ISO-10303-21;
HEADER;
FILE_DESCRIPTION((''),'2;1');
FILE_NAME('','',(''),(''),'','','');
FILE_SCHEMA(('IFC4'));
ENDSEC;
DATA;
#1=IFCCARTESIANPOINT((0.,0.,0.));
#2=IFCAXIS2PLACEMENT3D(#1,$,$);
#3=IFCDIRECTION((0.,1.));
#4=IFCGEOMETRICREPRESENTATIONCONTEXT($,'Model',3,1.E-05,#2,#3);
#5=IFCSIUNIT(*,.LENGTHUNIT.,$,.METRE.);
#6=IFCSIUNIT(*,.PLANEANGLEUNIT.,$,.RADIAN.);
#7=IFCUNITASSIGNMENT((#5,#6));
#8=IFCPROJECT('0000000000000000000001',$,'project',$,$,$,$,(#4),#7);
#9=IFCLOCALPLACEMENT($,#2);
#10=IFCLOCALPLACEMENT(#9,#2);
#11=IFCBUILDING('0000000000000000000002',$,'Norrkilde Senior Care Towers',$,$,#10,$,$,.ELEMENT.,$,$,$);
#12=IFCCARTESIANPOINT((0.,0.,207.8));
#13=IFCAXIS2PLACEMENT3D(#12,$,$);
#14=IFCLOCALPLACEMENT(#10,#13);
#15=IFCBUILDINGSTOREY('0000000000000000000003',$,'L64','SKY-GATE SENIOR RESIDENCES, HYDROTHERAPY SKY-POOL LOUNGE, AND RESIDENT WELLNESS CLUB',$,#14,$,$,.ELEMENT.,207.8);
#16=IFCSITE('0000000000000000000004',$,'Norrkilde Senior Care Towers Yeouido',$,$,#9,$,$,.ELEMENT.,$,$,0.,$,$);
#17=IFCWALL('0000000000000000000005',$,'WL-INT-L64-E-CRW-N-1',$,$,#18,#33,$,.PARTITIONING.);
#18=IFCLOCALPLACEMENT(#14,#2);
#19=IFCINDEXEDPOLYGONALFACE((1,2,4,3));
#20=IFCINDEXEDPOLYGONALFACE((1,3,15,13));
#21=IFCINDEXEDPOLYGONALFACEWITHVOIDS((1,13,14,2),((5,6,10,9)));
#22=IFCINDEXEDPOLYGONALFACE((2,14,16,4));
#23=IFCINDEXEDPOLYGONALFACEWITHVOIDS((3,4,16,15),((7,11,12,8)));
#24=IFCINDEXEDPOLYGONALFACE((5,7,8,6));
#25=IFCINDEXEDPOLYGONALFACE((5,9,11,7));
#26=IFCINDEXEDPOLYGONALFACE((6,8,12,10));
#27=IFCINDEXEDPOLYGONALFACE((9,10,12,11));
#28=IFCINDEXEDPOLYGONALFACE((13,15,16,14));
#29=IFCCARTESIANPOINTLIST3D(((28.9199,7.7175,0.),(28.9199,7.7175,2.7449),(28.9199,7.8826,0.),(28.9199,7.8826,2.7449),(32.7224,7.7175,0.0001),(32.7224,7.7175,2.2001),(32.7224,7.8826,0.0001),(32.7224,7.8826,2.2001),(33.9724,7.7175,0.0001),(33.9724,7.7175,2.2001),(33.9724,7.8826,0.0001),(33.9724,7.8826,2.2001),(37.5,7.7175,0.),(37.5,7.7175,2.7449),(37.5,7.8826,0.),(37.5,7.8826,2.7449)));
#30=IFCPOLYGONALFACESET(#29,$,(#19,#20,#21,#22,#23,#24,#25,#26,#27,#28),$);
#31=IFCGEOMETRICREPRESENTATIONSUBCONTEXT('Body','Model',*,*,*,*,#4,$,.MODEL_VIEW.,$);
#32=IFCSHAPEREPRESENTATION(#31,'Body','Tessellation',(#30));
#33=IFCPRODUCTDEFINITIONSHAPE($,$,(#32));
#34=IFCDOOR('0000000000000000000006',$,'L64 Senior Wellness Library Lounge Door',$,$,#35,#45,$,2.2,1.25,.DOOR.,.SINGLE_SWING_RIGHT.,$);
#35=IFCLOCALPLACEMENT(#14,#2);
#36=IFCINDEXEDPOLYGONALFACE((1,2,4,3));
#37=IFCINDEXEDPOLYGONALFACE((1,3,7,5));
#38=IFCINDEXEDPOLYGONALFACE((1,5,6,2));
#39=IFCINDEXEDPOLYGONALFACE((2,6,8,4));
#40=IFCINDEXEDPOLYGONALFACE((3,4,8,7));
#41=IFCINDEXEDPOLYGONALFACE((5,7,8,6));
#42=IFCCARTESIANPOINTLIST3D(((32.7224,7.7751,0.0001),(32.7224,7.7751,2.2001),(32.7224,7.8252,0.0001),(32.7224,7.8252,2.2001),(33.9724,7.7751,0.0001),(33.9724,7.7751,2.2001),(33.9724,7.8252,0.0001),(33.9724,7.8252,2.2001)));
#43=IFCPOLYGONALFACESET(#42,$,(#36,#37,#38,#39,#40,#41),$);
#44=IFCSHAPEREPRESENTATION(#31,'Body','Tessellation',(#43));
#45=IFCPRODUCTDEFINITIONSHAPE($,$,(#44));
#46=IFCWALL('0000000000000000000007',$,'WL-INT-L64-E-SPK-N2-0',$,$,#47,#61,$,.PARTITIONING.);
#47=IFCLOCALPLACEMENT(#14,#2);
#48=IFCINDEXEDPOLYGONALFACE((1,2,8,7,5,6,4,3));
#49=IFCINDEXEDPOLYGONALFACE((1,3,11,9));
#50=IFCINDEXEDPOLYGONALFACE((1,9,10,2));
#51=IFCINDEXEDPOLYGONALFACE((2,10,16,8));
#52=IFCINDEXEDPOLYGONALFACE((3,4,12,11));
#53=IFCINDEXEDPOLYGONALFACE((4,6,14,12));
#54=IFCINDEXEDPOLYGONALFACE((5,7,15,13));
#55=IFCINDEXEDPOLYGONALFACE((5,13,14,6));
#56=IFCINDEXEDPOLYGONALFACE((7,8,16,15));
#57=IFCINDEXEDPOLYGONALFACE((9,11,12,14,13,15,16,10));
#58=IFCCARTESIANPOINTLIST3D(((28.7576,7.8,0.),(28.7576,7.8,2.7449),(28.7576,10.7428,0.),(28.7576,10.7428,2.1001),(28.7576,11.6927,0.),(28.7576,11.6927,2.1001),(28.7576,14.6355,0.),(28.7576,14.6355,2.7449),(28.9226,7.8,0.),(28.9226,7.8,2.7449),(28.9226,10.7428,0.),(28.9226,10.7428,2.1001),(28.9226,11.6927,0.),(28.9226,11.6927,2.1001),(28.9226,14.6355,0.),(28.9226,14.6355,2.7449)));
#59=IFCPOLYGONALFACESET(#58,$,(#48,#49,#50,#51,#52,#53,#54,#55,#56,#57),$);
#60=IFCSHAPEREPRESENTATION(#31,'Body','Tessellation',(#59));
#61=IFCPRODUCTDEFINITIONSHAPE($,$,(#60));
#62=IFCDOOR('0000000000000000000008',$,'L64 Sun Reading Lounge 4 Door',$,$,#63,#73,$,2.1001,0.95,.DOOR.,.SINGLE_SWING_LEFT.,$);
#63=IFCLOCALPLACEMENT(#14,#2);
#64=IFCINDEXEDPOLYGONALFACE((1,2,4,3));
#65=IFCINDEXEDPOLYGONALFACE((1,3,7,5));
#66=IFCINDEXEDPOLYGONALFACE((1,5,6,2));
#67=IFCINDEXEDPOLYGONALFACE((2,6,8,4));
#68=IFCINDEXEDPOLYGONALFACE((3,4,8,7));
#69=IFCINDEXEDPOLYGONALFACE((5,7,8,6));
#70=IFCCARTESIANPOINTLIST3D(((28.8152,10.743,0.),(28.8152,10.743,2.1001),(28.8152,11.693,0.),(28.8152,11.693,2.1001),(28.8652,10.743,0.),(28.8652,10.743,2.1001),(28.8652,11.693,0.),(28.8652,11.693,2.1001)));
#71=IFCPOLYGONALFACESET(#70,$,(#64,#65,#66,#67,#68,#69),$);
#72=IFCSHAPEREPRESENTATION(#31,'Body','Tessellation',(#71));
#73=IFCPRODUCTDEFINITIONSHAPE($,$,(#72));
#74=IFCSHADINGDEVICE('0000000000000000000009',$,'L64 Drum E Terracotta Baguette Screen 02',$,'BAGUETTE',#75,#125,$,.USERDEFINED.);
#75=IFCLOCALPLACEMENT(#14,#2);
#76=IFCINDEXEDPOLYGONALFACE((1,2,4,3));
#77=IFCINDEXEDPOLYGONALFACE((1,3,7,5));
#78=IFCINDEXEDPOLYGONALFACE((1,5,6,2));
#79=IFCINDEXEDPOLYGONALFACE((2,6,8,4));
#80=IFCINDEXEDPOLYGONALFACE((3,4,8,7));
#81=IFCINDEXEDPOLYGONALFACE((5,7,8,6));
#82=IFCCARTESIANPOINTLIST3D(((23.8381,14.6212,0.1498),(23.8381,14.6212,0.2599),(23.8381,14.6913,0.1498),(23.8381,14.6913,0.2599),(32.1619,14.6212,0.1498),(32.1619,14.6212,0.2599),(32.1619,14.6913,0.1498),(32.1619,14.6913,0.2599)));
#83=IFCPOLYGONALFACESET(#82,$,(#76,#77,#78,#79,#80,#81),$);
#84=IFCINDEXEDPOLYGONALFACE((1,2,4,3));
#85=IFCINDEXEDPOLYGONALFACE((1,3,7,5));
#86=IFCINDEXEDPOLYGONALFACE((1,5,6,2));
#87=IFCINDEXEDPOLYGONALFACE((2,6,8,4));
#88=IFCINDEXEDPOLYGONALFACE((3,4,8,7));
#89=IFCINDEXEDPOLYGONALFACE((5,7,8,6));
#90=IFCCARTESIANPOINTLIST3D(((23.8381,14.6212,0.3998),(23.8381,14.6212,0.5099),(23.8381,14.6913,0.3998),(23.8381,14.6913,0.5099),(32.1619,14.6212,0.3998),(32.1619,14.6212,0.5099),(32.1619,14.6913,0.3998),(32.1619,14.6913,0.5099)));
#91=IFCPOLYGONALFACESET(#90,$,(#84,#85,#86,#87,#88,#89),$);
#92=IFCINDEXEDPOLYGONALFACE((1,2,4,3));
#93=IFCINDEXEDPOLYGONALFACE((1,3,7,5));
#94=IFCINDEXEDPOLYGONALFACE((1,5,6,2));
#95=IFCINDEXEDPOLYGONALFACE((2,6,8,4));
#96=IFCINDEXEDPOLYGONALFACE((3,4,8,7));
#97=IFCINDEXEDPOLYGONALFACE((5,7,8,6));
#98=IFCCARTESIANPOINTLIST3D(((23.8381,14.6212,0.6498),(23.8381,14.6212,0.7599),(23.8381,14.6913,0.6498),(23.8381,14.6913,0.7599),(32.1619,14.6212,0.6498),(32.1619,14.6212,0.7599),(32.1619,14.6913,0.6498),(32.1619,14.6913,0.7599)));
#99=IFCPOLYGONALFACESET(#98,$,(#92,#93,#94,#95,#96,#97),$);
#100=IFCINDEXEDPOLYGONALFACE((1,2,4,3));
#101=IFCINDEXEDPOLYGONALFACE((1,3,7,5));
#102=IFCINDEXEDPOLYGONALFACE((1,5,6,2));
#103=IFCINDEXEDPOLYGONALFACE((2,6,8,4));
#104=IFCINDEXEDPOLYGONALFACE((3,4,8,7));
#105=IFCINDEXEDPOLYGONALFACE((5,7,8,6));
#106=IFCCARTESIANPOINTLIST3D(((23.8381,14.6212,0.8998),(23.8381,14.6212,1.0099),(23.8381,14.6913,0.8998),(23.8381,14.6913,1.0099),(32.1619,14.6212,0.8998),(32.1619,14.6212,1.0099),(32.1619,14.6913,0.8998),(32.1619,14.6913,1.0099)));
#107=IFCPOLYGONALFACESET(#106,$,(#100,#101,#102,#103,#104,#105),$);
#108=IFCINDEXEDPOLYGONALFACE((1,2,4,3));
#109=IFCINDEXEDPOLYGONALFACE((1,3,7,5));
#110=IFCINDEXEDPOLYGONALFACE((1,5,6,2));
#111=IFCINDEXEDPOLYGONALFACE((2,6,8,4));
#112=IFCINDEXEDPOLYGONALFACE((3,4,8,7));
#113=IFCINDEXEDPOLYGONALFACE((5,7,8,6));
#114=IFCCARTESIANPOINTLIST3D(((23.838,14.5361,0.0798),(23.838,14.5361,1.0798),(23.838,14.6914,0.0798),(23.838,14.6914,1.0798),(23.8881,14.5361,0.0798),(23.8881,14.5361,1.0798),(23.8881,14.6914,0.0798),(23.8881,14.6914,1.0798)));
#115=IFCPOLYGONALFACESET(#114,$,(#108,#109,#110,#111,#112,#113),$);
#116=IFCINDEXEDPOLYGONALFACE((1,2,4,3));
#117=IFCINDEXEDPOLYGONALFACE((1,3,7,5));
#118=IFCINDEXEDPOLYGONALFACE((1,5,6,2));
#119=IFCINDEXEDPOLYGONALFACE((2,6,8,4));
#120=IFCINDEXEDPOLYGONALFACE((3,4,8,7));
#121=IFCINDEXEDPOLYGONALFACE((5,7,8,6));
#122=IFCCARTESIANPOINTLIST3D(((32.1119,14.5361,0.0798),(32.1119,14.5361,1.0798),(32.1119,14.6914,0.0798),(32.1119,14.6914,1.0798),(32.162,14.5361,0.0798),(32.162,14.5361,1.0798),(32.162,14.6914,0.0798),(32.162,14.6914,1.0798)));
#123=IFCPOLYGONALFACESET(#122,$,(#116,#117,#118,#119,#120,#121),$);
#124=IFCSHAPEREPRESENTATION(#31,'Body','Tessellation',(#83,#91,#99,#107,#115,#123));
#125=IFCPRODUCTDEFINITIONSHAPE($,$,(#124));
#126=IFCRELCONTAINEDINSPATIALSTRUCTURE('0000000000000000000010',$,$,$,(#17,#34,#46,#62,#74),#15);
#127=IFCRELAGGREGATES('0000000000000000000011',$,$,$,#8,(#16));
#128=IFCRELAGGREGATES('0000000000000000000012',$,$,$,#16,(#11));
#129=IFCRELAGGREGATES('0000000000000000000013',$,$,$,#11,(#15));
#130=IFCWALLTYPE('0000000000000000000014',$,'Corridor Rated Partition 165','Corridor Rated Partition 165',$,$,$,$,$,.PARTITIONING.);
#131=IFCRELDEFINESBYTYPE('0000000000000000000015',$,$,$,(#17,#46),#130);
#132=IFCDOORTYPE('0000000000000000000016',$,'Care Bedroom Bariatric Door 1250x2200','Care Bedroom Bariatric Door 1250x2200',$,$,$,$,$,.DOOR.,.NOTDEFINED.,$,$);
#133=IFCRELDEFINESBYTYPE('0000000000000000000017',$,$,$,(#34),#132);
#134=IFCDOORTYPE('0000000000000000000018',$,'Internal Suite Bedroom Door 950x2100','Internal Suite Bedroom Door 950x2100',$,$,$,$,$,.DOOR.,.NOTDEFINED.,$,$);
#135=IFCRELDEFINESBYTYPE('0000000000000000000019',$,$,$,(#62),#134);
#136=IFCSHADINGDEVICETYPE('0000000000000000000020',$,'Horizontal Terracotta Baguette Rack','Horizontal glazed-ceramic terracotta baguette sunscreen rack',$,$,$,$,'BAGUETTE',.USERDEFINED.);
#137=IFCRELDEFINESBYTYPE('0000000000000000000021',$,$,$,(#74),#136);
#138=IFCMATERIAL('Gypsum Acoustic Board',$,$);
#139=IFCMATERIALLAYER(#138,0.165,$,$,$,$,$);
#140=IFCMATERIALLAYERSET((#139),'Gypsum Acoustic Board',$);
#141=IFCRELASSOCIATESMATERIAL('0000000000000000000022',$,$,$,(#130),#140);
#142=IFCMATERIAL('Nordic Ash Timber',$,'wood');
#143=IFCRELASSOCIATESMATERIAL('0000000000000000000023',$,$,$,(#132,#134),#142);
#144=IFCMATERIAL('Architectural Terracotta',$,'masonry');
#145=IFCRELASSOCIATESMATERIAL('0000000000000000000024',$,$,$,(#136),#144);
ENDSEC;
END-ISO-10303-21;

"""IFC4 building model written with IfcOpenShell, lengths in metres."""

from ifc_helpers import new_model, si_unit, direction, frame, frame_2d, origin, origin_2d, place, context, subcontext, project, spatial, rectangle, extrude, source, transform, mapped, material, layer, layer_set, type_object, type_shapes, element, fill, save


model = new_model("IFC4")

# Units and contexts
model_context = context("Model", 3, precision=1e-05, world=origin(), true_north=direction((0.0, 1.0)))
body_context = subcontext(model_context, "Body", "Model", "MODEL_VIEW")
ifc_project = project(units=[si_unit("LENGTHUNIT", "METRE"), si_unit("PLANEANGLEUNIT", "RADIAN")], contexts=[model_context])

# Site, building, storey
site_placement = place(None, origin())
site = spatial("IfcSite", under=ifc_project, at=site_placement, Name="Norrkilde Senior Care Towers Yeouido", CompositionType="ELEMENT", RefElevation=0.0)
building_placement = place(site_placement, origin())
building = spatial("IfcBuilding", under=site, at=building_placement, Name="Norrkilde Senior Care Towers", CompositionType="ELEMENT")
storey_placement = place(building_placement, frame((0.0, 0.0, 207.8)))
storey = spatial("IfcBuildingStorey", under=building, at=storey_placement, Name="L64", Description="SKY-GATE SENIOR RESIDENCES, HYDROTHERAPY SKY-POOL LOUNGE, AND RESIDENT WELLNESS CLUB", CompositionType="ELEMENT", Elevation=207.8)

# Shared definitions
ifc_material_1 = material(Name="Gypsum Acoustic Board")
ifc_layer_1 = layer(ifc_material_1, 0.165)
ifc_layer_set_1 = layer_set([ifc_layer_1], Name="Gypsum Acoustic Board")
wall_type = type_object("IfcWallType", Name="Corridor Rated Partition 165", Description="Corridor Rated Partition 165", PredefinedType="PARTITIONING", material=ifc_layer_set_1)

# Walls, openings, doors
shared_shape_1 = source(origin(), body_context, "Body", "SweptSolid", [
    extrude(rectangle(XDim=8.5801, YDim=0.165, at=frame_2d((4.29, 0.0))), origin(), (0.0, 0.0, 1.0), 2.7449),
])
wall_1_placement = place(storey_placement, frame((28.9199, 7.8, 0.0), z_axis=(0.0, 0.0, 1.0), x_axis=(1.0, 0.0, 0.0)))
wall_1 = element("IfcWall", 1, at=wall_1_placement, inside=storey, type_object=wall_type, Name="WL-INT-L64-E-CRW-N-1", PredefinedType="PARTITIONING", context=body_context, shape_type="MappedRepresentation", body=[
    mapped(shared_shape_1, transform((0.0, 0.0, 0.0), x_axis=(1.0, 0.0, 0.0), y_axis=(0.0, 1.0, 0.0), z_axis=(0.0, 0.0, 1.0), scale=1.0)),
])
opening_1_placement = place(wall_1_placement, frame((3.8025, 0.0, 0.0)))
opening_1 = element("IfcOpeningElement", 2, at=opening_1_placement, cuts=wall_1, PredefinedType="OPENING", context=body_context, shape_type="SweptSolid", body=[
    extrude(rectangle(XDim=1.25, YDim=2.2, at=frame_2d((0.625, 1.1001))), frame((0.0, 0.0925, 0.0), z_axis=(0.0, -1.0, 0.0), x_axis=(1.0, 0.0, 0.0)), (0.0, 0.0, 1.0), 0.1851),
])
ifc_material_2 = material(Name="Nordic Ash Timber", Category="wood")
door_type_1 = type_object("IfcDoorType", Name="Care Bedroom Bariatric Door 1250x2200", Description="Care Bedroom Bariatric Door 1250x2200", OperationType="NOTDEFINED", PredefinedType="DOOR", material=ifc_material_2)
shared_shape_2 = source(origin(), body_context, "Body", "SweptSolid", [
    extrude(rectangle(XDim=1.25, YDim=2.2, at=frame_2d((0.625, 1.1001))), frame((0.0, 0.0249, 0.0), z_axis=(0.0, -1.0, 0.0), x_axis=(1.0, 0.0, 0.0)), (0.0, 0.0, 1.0), 0.05),
])
type_shapes(door_type_1, [shared_shape_2])
door_1_placement = place(opening_1_placement, frame((1.25, 0.0, 0.0), z_axis=(0.0, 0.0, 1.0), x_axis=(-1.0, 0.0, 0.0)))
door_1 = element("IfcDoor", 3, at=door_1_placement, inside=storey, type_object=door_type_1, Name="L64 Senior Wellness Library Lounge Door", OperationType="SINGLE_SWING_RIGHT", OverallHeight=2.2, OverallWidth=1.25, PredefinedType="DOOR", context=body_context, shape_type="MappedRepresentation", body=[
    mapped(shared_shape_2, transform((0.0, 0.0, 0.0), x_axis=(1.0, 0.0, 0.0), y_axis=(0.0, 1.0, 0.0), z_axis=(0.0, 0.0, 1.0), scale=1.0)),
])
fill(opening_1, door_1)
shared_shape_3 = source(origin(), body_context, "Body", "SweptSolid", [
    extrude(rectangle(XDim=6.8354, YDim=0.165, at=frame_2d((3.4177, 0.0))), origin(), (0.0, 0.0, 1.0), 2.7449),
])
wall_2_placement = place(storey_placement, frame((28.8401, 14.6355, 0.0), z_axis=(0.0, 0.0, 1.0), x_axis=(0.0, -1.0, 0.0)))
wall_2 = element("IfcWall", 4, at=wall_2_placement, inside=storey, type_object=wall_type, Name="WL-INT-L64-E-SPK-N2-0", PredefinedType="PARTITIONING", context=body_context, shape_type="MappedRepresentation", body=[
    mapped(shared_shape_3, transform((0.0, 0.0, 0.0), x_axis=(1.0, 0.0, 0.0), y_axis=(0.0, 1.0, 0.0), z_axis=(0.0, 0.0, 1.0), scale=1.0)),
])
opening_2_placement = place(wall_2_placement, frame((2.9426, 0.0, 0.0)))
opening_2 = element("IfcOpeningElement", 5, at=opening_2_placement, cuts=wall_2, PredefinedType="OPENING", context=body_context, shape_type="SweptSolid", body=[
    extrude(rectangle(XDim=0.95, YDim=2.1001, at=frame_2d((0.4751, 1.05))), frame((0.0, 0.0925, 0.0), z_axis=(0.0, -1.0, 0.0), x_axis=(1.0, 0.0, 0.0)), (0.0, 0.0, 1.0), 0.1851),
])
door_type_2 = type_object("IfcDoorType", Name="Internal Suite Bedroom Door 950x2100", Description="Internal Suite Bedroom Door 950x2100", OperationType="NOTDEFINED", PredefinedType="DOOR", material=ifc_material_2)
shared_shape_4 = source(origin(), body_context, "Body", "SweptSolid", [
    extrude(rectangle(XDim=0.95, YDim=2.1001, at=frame_2d((0.4751, 1.05))), frame((0.0, 0.0249, 0.0), z_axis=(0.0, -1.0, 0.0), x_axis=(1.0, 0.0, 0.0)), (0.0, 0.0, 1.0), 0.05),
])
type_shapes(door_type_2, [shared_shape_4])
door_2_placement = place(opening_2_placement, frame((0.95, 0.0, 0.0), z_axis=(0.0, 0.0, 1.0), x_axis=(-1.0, 0.0, 0.0)))
door_2 = element("IfcDoor", 6, at=door_2_placement, inside=storey, type_object=door_type_2, Name="L64 Sun Reading Lounge 4 Door", OperationType="SINGLE_SWING_LEFT", OverallHeight=2.1001, OverallWidth=0.95, PredefinedType="DOOR", context=body_context, shape_type="MappedRepresentation", body=[
    mapped(shared_shape_4, transform((0.0, 0.0, 0.0), x_axis=(1.0, 0.0, 0.0), y_axis=(0.0, 1.0, 0.0), z_axis=(0.0, 0.0, 1.0), scale=1.0)),
])
fill(opening_2, door_2)

# Shading device
ifc_material_3 = material(Name="Architectural Terracotta", Category="masonry")
shading_device_type = type_object("IfcShadingDeviceType", Name="Horizontal Terracotta Baguette Rack", Description="Horizontal glazed-ceramic terracotta baguette sunscreen rack", ElementType="BAGUETTE", PredefinedType="USERDEFINED", material=ifc_material_3)
shared_shape_5 = source(origin(), body_context, "Body", "SweptSolid", [
    extrude(rectangle(XDim=0.0701, YDim=0.1101, at=origin_2d()), frame((0.0, 0.0901, 0.125), z_axis=(1.0, 0.0, 0.0), x_axis=(0.0, 1.0, 0.0)), (0.0, 0.0, 1.0), 8.3237),
    extrude(rectangle(XDim=0.0701, YDim=0.1101, at=origin_2d()), frame((0.0, 0.0901, 0.375), z_axis=(1.0, 0.0, 0.0), x_axis=(0.0, 1.0, 0.0)), (0.0, 0.0, 1.0), 8.3237),
    extrude(rectangle(XDim=0.0701, YDim=0.1101, at=origin_2d()), frame((0.0, 0.0901, 0.625), z_axis=(1.0, 0.0, 0.0), x_axis=(0.0, 1.0, 0.0)), (0.0, 0.0, 1.0), 8.3237),
    extrude(rectangle(XDim=0.0701, YDim=0.1101, at=origin_2d()), frame((0.0, 0.0901, 0.875), z_axis=(1.0, 0.0, 0.0), x_axis=(0.0, 1.0, 0.0)), (0.0, 0.0, 1.0), 8.3237),
    extrude(rectangle(XDim=0.05, YDim=0.1553, at=origin_2d()), frame((0.0249, 0.0476, 0.0)), (0.0, 0.0, 1.0), 1.0),
    extrude(rectangle(XDim=0.05, YDim=0.1553, at=origin_2d()), frame((8.2988, 0.0476, 0.0)), (0.0, 0.0, 1.0), 1.0),
])
type_shapes(shading_device_type, [shared_shape_5])
shading_device_placement = place(storey_placement, frame((23.8381, 14.5662, 0.0798), z_axis=(0.0, 0.0, 1.0), x_axis=(1.0, 0.0, 0.0)))
element("IfcShadingDevice", 7, at=shading_device_placement, inside=storey, type_object=shading_device_type, Name="L64 Drum E Terracotta Baguette Screen 02", ObjectType="BAGUETTE", PredefinedType="USERDEFINED", context=body_context, shape_type="MappedRepresentation", body=[
    mapped(shared_shape_5, transform((0.0, 0.0, 0.0), x_axis=(1.0, 0.0, 0.0), y_axis=(0.0, 1.0, 0.0), z_axis=(0.0, 0.0, 1.0), scale=1.0)),
])

save(model, "model.ifc")
